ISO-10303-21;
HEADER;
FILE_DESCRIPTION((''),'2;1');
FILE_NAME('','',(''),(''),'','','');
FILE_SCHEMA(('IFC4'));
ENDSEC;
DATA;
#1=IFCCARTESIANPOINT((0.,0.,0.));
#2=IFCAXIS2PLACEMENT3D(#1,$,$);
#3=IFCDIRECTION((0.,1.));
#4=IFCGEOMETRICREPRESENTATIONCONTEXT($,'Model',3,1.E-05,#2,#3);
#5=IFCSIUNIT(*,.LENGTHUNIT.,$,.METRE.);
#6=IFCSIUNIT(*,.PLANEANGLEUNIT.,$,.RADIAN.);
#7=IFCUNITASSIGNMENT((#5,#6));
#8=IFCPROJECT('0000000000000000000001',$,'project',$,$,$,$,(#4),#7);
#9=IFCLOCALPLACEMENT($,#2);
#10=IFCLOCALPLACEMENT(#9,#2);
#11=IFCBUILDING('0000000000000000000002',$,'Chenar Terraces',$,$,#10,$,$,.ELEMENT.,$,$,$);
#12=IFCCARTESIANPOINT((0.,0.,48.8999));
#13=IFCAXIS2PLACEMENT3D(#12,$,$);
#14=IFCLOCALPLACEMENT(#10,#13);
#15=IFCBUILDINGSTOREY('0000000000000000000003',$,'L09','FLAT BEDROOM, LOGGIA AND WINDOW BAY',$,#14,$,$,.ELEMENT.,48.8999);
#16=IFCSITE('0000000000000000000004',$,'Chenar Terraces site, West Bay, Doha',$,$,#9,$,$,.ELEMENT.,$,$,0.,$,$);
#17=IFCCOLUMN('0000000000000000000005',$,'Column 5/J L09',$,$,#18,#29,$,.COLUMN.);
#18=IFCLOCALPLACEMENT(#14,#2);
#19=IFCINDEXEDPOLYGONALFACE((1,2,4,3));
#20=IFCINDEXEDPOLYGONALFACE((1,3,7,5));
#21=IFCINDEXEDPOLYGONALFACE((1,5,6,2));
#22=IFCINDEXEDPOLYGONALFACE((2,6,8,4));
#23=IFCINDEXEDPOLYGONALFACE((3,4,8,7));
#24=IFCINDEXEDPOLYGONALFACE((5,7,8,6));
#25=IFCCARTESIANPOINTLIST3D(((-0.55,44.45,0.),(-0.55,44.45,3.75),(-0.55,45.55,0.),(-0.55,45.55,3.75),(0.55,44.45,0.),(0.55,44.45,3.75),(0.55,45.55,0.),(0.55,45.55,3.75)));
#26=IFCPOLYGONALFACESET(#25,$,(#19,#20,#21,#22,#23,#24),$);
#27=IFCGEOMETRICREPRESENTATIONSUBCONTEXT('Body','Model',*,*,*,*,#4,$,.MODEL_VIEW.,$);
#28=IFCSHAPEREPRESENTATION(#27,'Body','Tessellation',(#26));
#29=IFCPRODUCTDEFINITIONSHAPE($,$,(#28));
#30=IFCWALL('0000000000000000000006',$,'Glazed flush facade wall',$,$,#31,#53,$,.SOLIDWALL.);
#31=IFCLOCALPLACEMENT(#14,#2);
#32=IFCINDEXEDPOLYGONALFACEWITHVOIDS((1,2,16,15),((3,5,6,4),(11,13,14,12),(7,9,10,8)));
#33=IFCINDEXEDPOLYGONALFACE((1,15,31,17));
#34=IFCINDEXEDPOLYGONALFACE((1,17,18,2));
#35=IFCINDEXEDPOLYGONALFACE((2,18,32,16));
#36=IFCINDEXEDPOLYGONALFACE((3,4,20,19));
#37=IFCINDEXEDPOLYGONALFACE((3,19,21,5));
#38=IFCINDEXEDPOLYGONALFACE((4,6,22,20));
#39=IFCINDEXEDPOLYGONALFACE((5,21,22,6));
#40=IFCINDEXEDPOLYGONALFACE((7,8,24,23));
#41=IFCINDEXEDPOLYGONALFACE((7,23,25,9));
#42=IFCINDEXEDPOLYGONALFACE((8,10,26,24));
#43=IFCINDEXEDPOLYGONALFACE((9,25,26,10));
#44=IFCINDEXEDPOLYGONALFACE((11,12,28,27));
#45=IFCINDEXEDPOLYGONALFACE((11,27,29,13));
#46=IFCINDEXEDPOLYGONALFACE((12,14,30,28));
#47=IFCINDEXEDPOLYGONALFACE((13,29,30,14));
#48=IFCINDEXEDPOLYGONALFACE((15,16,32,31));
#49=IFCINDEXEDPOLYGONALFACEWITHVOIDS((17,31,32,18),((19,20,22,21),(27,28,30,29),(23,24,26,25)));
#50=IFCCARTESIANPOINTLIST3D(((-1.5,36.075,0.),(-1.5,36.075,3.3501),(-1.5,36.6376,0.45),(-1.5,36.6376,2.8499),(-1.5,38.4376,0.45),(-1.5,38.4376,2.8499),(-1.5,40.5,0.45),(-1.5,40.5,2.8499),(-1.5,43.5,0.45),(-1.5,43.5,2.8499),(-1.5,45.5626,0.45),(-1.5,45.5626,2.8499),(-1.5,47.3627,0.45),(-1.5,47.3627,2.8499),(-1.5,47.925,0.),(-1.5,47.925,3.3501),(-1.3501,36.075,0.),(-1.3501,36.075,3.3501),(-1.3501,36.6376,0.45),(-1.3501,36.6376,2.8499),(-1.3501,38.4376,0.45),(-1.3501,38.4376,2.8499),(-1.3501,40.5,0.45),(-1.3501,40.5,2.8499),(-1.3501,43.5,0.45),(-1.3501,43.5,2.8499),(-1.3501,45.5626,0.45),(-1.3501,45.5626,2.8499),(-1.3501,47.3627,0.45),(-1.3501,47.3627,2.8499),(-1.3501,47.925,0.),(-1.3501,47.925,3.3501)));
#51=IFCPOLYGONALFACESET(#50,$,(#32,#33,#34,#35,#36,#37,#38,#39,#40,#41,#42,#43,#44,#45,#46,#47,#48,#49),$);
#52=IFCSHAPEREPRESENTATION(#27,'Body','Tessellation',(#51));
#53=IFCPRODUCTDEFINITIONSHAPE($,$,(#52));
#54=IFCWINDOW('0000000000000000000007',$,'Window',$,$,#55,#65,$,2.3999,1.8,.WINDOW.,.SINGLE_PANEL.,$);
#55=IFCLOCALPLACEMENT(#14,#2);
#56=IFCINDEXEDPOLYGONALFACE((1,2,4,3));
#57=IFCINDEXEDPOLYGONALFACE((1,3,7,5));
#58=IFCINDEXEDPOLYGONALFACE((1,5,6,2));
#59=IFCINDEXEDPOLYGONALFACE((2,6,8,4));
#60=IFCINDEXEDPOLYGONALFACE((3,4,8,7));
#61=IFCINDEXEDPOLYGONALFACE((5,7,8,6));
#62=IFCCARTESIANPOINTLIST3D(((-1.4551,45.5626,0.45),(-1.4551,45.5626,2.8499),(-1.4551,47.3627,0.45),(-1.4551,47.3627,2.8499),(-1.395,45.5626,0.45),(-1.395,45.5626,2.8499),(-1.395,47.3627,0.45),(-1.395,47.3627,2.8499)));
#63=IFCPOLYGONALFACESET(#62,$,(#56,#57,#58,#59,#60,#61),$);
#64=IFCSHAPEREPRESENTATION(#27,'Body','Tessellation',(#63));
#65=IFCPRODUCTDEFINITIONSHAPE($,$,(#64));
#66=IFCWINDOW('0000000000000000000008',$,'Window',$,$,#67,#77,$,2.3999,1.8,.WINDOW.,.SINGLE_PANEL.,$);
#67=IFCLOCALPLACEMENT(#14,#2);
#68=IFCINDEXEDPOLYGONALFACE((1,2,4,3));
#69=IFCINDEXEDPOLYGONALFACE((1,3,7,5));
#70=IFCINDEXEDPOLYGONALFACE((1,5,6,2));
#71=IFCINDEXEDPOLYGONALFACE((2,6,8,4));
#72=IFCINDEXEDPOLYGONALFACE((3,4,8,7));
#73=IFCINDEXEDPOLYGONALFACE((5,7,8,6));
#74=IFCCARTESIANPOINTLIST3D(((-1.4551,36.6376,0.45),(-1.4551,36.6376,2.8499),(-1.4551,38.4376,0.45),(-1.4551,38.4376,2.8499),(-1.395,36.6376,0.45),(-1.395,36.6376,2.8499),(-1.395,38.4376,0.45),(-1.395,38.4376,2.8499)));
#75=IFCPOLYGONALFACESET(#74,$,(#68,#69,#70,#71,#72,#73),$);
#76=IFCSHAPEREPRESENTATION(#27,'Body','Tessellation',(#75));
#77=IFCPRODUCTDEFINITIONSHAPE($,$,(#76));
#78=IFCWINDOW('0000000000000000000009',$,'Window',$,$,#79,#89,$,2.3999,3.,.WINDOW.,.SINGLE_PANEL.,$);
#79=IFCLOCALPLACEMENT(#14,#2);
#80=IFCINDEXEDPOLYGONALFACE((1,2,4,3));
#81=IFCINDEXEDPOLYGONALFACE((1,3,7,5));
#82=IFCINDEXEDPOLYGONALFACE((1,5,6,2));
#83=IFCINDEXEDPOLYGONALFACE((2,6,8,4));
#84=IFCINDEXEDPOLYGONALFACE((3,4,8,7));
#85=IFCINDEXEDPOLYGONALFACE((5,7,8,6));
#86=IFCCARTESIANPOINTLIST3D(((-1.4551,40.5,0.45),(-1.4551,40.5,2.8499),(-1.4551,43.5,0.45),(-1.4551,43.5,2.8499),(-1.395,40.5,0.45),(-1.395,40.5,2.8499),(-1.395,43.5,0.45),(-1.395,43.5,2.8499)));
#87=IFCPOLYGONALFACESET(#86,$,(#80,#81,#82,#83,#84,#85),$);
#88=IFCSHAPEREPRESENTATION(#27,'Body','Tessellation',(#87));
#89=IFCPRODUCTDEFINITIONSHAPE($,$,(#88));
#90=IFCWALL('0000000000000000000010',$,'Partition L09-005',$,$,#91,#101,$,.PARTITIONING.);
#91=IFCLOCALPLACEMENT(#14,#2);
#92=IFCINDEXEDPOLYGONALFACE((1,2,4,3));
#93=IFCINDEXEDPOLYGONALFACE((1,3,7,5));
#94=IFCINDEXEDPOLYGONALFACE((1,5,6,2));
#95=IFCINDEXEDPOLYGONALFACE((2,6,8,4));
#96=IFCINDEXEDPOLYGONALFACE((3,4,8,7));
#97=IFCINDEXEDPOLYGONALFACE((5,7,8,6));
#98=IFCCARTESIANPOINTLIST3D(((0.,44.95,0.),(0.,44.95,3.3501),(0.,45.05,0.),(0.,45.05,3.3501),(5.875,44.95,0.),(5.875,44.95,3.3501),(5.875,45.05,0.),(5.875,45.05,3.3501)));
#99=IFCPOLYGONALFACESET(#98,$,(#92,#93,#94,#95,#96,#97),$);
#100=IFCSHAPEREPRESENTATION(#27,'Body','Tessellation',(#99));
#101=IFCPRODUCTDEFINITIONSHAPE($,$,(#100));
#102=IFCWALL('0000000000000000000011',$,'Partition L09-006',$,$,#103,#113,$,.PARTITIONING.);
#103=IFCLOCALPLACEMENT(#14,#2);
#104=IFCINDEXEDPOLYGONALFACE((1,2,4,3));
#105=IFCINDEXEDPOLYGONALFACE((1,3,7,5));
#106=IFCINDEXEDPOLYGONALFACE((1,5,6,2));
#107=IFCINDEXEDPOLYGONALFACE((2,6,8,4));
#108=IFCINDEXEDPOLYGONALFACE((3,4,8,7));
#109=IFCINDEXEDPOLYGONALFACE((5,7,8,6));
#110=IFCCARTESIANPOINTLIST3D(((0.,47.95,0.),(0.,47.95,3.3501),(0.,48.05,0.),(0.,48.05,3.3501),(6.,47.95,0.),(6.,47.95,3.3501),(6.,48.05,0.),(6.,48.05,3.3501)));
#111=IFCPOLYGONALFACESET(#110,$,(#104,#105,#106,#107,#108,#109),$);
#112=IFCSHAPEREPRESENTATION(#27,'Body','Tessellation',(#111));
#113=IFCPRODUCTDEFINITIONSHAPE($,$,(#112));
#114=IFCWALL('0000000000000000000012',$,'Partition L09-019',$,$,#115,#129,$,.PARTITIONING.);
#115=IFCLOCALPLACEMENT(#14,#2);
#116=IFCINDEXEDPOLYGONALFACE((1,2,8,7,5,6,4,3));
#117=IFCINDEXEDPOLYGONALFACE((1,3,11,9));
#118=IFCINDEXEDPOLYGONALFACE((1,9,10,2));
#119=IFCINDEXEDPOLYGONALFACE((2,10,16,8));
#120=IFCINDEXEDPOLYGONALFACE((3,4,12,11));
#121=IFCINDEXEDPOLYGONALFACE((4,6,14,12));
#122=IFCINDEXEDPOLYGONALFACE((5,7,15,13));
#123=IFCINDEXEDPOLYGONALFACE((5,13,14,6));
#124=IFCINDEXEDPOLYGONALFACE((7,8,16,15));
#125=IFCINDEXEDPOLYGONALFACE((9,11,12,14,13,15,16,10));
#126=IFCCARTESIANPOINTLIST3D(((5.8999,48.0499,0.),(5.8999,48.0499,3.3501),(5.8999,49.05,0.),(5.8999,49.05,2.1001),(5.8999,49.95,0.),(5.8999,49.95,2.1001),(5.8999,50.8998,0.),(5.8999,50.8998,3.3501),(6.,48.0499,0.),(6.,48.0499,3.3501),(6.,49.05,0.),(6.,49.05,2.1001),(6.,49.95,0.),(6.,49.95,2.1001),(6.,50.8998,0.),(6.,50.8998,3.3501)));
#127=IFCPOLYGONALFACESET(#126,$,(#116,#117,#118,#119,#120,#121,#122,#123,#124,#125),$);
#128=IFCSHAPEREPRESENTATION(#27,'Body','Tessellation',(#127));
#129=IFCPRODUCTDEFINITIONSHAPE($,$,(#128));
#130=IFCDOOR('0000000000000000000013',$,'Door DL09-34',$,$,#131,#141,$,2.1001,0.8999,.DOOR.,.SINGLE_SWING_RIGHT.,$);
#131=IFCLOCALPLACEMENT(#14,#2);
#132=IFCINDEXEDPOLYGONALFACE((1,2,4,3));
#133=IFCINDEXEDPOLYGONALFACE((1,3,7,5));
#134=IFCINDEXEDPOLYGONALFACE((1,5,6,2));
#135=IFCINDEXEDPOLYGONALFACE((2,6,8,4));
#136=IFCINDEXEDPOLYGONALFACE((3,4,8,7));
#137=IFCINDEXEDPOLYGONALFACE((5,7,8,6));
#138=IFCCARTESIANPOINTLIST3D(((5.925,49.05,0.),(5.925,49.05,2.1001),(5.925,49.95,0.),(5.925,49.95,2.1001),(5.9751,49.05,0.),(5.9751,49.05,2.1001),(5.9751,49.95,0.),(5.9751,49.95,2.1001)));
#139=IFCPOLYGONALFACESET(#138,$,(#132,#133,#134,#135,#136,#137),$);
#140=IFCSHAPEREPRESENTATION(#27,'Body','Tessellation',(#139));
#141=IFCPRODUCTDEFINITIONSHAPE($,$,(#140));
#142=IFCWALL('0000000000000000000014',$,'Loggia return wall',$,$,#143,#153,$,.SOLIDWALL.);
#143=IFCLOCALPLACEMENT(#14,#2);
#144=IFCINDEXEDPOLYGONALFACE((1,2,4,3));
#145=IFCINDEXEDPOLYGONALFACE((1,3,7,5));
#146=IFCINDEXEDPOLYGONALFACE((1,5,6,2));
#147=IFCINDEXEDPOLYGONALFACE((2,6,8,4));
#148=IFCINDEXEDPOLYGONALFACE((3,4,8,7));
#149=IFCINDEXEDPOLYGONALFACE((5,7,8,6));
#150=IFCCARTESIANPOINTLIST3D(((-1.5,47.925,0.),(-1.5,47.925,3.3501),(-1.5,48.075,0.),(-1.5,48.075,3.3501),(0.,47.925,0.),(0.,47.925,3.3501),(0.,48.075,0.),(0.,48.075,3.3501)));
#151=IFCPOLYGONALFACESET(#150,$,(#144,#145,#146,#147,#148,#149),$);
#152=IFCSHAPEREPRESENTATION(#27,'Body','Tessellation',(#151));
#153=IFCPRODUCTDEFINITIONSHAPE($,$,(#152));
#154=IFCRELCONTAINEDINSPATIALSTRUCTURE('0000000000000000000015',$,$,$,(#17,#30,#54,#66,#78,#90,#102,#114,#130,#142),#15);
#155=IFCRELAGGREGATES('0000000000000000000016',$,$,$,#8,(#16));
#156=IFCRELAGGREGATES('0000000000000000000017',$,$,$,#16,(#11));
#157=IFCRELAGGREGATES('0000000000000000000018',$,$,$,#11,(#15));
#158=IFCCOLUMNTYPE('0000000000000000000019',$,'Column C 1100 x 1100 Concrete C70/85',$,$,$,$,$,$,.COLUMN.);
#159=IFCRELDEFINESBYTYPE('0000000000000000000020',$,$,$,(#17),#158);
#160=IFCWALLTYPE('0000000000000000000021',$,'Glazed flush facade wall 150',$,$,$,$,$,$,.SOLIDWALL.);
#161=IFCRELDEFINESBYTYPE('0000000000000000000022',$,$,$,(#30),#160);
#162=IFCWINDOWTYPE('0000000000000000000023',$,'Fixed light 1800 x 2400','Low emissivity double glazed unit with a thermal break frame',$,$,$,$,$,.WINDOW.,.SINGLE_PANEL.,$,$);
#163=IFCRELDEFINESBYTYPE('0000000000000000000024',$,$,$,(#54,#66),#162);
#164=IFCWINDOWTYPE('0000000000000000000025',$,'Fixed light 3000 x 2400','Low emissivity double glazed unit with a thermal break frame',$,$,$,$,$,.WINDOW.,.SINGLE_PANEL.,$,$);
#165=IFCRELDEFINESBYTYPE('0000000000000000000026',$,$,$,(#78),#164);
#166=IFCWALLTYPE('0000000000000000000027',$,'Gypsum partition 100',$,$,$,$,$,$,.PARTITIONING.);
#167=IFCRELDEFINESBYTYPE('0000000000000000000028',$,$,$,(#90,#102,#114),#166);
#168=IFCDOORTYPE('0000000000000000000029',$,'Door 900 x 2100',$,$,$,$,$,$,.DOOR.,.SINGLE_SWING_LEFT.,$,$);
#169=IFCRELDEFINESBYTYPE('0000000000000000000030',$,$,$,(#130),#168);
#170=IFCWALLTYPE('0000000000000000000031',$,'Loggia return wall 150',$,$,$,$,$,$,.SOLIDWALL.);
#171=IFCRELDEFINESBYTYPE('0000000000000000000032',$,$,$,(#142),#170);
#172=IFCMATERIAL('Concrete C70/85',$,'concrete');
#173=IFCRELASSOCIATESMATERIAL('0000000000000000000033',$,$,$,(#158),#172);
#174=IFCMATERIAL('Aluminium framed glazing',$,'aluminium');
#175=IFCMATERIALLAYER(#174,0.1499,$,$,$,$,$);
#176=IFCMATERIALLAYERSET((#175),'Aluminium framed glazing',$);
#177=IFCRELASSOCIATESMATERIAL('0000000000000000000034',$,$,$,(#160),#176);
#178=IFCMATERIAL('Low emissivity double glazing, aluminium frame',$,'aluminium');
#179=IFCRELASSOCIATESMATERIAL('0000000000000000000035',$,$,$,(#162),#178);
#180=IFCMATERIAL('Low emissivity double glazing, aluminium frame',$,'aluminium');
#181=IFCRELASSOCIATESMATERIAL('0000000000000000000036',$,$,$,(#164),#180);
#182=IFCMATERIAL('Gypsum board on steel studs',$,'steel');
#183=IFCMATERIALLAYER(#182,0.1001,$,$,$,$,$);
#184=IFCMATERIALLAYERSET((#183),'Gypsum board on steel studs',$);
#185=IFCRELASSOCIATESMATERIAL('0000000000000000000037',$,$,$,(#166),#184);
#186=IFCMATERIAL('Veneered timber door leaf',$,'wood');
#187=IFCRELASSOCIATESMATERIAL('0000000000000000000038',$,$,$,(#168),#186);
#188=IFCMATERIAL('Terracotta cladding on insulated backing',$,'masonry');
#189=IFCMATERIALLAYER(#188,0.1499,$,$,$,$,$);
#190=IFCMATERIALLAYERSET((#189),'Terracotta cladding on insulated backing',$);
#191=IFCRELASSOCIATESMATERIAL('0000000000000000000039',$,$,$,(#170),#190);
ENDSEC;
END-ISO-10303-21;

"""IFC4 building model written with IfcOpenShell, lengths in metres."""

from ifc_helpers import new_model, si_unit, direction, frame, frame_2d, origin, origin_2d, place, context, subcontext, project, spatial, rectangle, extrude, material, layer, layer_set, material_profile, profile_set, type_object, element, fill, save


model = new_model("IFC4")

# Units and contexts
model_context = context("Model", 3, precision=1e-05, world=origin(), true_north=direction((0.0, 1.0)))
body_context = subcontext(model_context, "Body", "Model", "MODEL_VIEW")
ifc_project = project(units=[si_unit("LENGTHUNIT", "METRE"), si_unit("PLANEANGLEUNIT", "RADIAN")], contexts=[model_context])

# Site, building, storey
site_placement = place(None, origin())
site = spatial("IfcSite", under=ifc_project, at=site_placement, Name="Chenar Terraces site, West Bay, Doha", CompositionType="ELEMENT", RefElevation=0.0)
building_placement = place(site_placement, origin())
building = spatial("IfcBuilding", under=site, at=building_placement, Name="Chenar Terraces", CompositionType="ELEMENT")
storey_placement = place(building_placement, frame((0.0, 0.0, 48.8999)))
storey = spatial("IfcBuildingStorey", under=building, at=storey_placement, Name="L09", Description="FLAT BEDROOM, LOGGIA AND WINDOW BAY", CompositionType="ELEMENT", Elevation=48.8999)

# Column
ifc_material_1 = material(Name="Concrete C70/85", Category="concrete")
ifc_material_profile_1 = material_profile(ifc_material_1, rectangle(XDim=1.1001, YDim=1.1001, at=origin_2d()), Name="C 1100 x 1100")
ifc_profile_set_1 = profile_set([ifc_material_profile_1], Name="Concrete C70/85")
column_type = type_object("IfcColumnType", Name="Column C 1100 x 1100 Concrete C70/85", PredefinedType="COLUMN", material=ifc_profile_set_1)
placement = place(storey_placement, frame((0.0, 45.0, 0.0), z_axis=(0.0, 0.0, 1.0), x_axis=(1.0, 0.0, 0.0)))
element("IfcColumn", 1, at=placement, inside=storey, type_object=column_type, Name="Column 5/J L09", PredefinedType="COLUMN", context=body_context, shape_type="SweptSolid", body=[
    extrude(rectangle(XDim=1.1001, YDim=1.1001, at=origin_2d()), origin(), (0.0, 0.0, 1.0), 3.75),
])

# Wall, openings, windows
ifc_material_2 = material(Name="Aluminium framed glazing", Category="aluminium")
ifc_layer_1 = layer(ifc_material_2, 0.1499)
ifc_layer_set_1 = layer_set([ifc_layer_1], Name="Aluminium framed glazing")
wall_type_1 = type_object("IfcWallType", Name="Glazed flush facade wall 150", PredefinedType="SOLIDWALL", material=ifc_layer_set_1)
wall_1_placement = place(storey_placement, frame((-1.425, 47.925, 0.0), z_axis=(0.0, 0.0, 1.0), x_axis=(0.0, -1.0, 0.0)))
wall_1 = element("IfcWall", 2, at=wall_1_placement, inside=storey, type_object=wall_type_1, Name="Glazed flush facade wall", PredefinedType="SOLIDWALL", context=body_context, shape_type="SweptSolid", body=[
    extrude(rectangle(XDim=11.8501, YDim=0.1499, at=frame_2d((5.925, 0.0))), origin(), (0.0, 0.0, 1.0), 3.3501),
])
opening_1_placement = place(wall_1_placement, frame((0.5625, 0.0, 0.45)))
opening_1 = element("IfcOpeningElement", 3, at=opening_1_placement, cuts=wall_1, PredefinedType="OPENING", context=body_context, shape_type="SweptSolid", body=[
    extrude(rectangle(XDim=1.8, YDim=2.3999, at=frame_2d((0.8999, 1.2))), frame((0.0, 0.085, 0.0), z_axis=(0.0, -1.0, 0.0), x_axis=(1.0, 0.0, 0.0)), (0.0, 0.0, 1.0), 0.1699),
])
opening_2_placement = place(wall_1_placement, frame((4.425, 0.0, 0.45)))
opening_2 = element("IfcOpeningElement", 4, at=opening_2_placement, cuts=wall_1, PredefinedType="OPENING", context=body_context, shape_type="SweptSolid", body=[
    extrude(rectangle(XDim=3.0, YDim=2.3999, at=frame_2d((1.5, 1.2))), frame((0.0, 0.085, 0.0), z_axis=(0.0, -1.0, 0.0), x_axis=(1.0, 0.0, 0.0)), (0.0, 0.0, 1.0), 0.1699),
])
opening_3_placement = place(wall_1_placement, frame((9.4875, 0.0, 0.45)))
opening_3 = element("IfcOpeningElement", 5, at=opening_3_placement, cuts=wall_1, PredefinedType="OPENING", context=body_context, shape_type="SweptSolid", body=[
    extrude(rectangle(XDim=1.8, YDim=2.3999, at=frame_2d((0.8999, 1.2))), frame((0.0, 0.085, 0.0), z_axis=(0.0, -1.0, 0.0), x_axis=(1.0, 0.0, 0.0)), (0.0, 0.0, 1.0), 0.1699),
])
ifc_material_3 = material(Name="Low emissivity double glazing, aluminium frame", Category="aluminium")
window_type_1 = type_object("IfcWindowType", Name="Fixed light 1800 x 2400", Description="Low emissivity double glazed unit with a thermal break frame", PartitioningType="SINGLE_PANEL", PredefinedType="WINDOW", material=ifc_material_3)
window_1_placement = place(opening_1_placement, origin())
window_1 = element("IfcWindow", 6, at=window_1_placement, inside=storey, type_object=window_type_1, Name="Window", OverallHeight=2.3999, OverallWidth=1.8, PartitioningType="SINGLE_PANEL", PredefinedType="WINDOW", context=body_context, shape_type="SweptSolid", body=[
    extrude(rectangle(XDim=1.8, YDim=2.3999, at=frame_2d((0.8999, 1.2))), frame((0.0, 0.03, 0.0), z_axis=(0.0, -1.0, 0.0), x_axis=(1.0, 0.0, 0.0)), (0.0, 0.0, 1.0), 0.0601),
])
fill(opening_1, window_1)
window_2_placement = place(opening_3_placement, origin())
window_2 = element("IfcWindow", 7, at=window_2_placement, inside=storey, type_object=window_type_1, Name="Window", OverallHeight=2.3999, OverallWidth=1.8, PartitioningType="SINGLE_PANEL", PredefinedType="WINDOW", context=body_context, shape_type="SweptSolid", body=[
    extrude(rectangle(XDim=1.8, YDim=2.3999, at=frame_2d((0.8999, 1.2))), frame((0.0, 0.03, 0.0), z_axis=(0.0, -1.0, 0.0), x_axis=(1.0, 0.0, 0.0)), (0.0, 0.0, 1.0), 0.0601),
])
fill(opening_3, window_2)
ifc_material_4 = material(Name="Low emissivity double glazing, aluminium frame", Category="aluminium")
window_type_2 = type_object("IfcWindowType", Name="Fixed light 3000 x 2400", Description="Low emissivity double glazed unit with a thermal break frame", PartitioningType="SINGLE_PANEL", PredefinedType="WINDOW", material=ifc_material_4)
window_3_placement = place(opening_2_placement, origin())
window_3 = element("IfcWindow", 8, at=window_3_placement, inside=storey, type_object=window_type_2, Name="Window", OverallHeight=2.3999, OverallWidth=3.0, PartitioningType="SINGLE_PANEL", PredefinedType="WINDOW", context=body_context, shape_type="SweptSolid", body=[
    extrude(rectangle(XDim=3.0, YDim=2.3999, at=frame_2d((1.5, 1.2))), frame((0.0, 0.03, 0.0), z_axis=(0.0, -1.0, 0.0), x_axis=(1.0, 0.0, 0.0)), (0.0, 0.0, 1.0), 0.0601),
])
fill(opening_2, window_3)

# Walls
ifc_material_5 = material(Name="Gypsum board on steel studs", Category="steel")
ifc_layer_2 = layer(ifc_material_5, 0.1001)
ifc_layer_set_2 = layer_set([ifc_layer_2], Name="Gypsum board on steel studs")
wall_type_2 = type_object("IfcWallType", Name="Gypsum partition 100", PredefinedType="PARTITIONING", material=ifc_layer_set_2)
element("IfcWall", 9, at=placement, inside=storey, type_object=wall_type_2, Name="Partition L09-005", PredefinedType="PARTITIONING", context=body_context, shape_type="SweptSolid", body=[
    extrude(rectangle(XDim=5.875, YDim=0.1001, at=frame_2d((2.9375, 0.0))), origin(), (0.0, 0.0, 1.0), 3.3501),
])
wall_2_placement = place(storey_placement, frame((0.0, 48.0, 0.0), z_axis=(0.0, 0.0, 1.0), x_axis=(1.0, 0.0, 0.0)))
element("IfcWall", 10, at=wall_2_placement, inside=storey, type_object=wall_type_2, Name="Partition L09-006", PredefinedType="PARTITIONING", context=body_context, shape_type="SweptSolid", body=[
    extrude(rectangle(XDim=6.0, YDim=0.1001, at=frame_2d((3.0, 0.0))), origin(), (0.0, 0.0, 1.0), 3.3501),
])

# Wall, opening, door
wall_3_placement = place(storey_placement, frame((5.95, 48.05, 0.0), z_axis=(0.0, 0.0, 1.0), x_axis=(0.0, 1.0, 0.0)))
wall_3 = element("IfcWall", 11, at=wall_3_placement, inside=storey, type_object=wall_type_2, Name="Partition L09-019", PredefinedType="PARTITIONING", context=body_context, shape_type="SweptSolid", body=[
    extrude(rectangle(XDim=2.8499, YDim=0.1001, at=frame_2d((1.4248, 0.0))), origin(), (0.0, 0.0, 1.0), 3.3501),
])
opening_4_placement = place(wall_3_placement, frame((1.0, 0.0, 0.0)))
opening_4 = element("IfcOpeningElement", 12, at=opening_4_placement, cuts=wall_3, PredefinedType="OPENING", context=body_context, shape_type="SweptSolid", body=[
    extrude(rectangle(XDim=0.8999, YDim=2.1001, at=frame_2d((0.45, 1.05))), frame((0.0, 0.0601, 0.0), z_axis=(0.0, -1.0, 0.0), x_axis=(1.0, 0.0, 0.0)), (0.0, 0.0, 1.0), 0.1201),
])
ifc_material_6 = material(Name="Veneered timber door leaf", Category="wood")
door_type_1 = type_object("IfcDoorType", Name="Door 900 x 2100", OperationType="SINGLE_SWING_LEFT", PredefinedType="DOOR", material=ifc_material_6)
door_1_placement = place(opening_4_placement, origin())
door_1 = element("IfcDoor", 13, at=door_1_placement, inside=storey, type_object=door_type_1, Name="Door DL09-34", OperationType="SINGLE_SWING_RIGHT", OverallHeight=2.1001, OverallWidth=0.8999, PredefinedType="DOOR", context=body_context, shape_type="SweptSolid", body=[
    extrude(rectangle(XDim=0.8999, YDim=2.1001, at=frame_2d((0.45, 1.05))), frame((0.0, 0.0249, 0.0), z_axis=(0.0, -1.0, 0.0), x_axis=(1.0, 0.0, 0.0)), (0.0, 0.0, 1.0), 0.05),
])
fill(opening_4, door_1)

# Wall
ifc_material_7 = material(Name="Terracotta cladding on insulated backing", Category="masonry")
ifc_layer_3 = layer(ifc_material_7, 0.1499)
ifc_layer_set_3 = layer_set([ifc_layer_3], Name="Terracotta cladding on insulated backing")
wall_type_3 = type_object("IfcWallType", Name="Loggia return wall 150", PredefinedType="SOLIDWALL", material=ifc_layer_set_3)
wall_4_placement = place(storey_placement, frame((-1.5, 48.0, 0.0), z_axis=(0.0, 0.0, 1.0), x_axis=(1.0, 0.0, 0.0)))
element("IfcWall", 14, at=wall_4_placement, inside=storey, type_object=wall_type_3, Name="Loggia return wall", PredefinedType="SOLIDWALL", context=body_context, shape_type="SweptSolid", body=[
    extrude(rectangle(XDim=1.5, YDim=0.1499, at=frame_2d((0.75, 0.0))), origin(), (0.0, 0.0, 1.0), 3.3501),
])

save(model, "model.ifc")
